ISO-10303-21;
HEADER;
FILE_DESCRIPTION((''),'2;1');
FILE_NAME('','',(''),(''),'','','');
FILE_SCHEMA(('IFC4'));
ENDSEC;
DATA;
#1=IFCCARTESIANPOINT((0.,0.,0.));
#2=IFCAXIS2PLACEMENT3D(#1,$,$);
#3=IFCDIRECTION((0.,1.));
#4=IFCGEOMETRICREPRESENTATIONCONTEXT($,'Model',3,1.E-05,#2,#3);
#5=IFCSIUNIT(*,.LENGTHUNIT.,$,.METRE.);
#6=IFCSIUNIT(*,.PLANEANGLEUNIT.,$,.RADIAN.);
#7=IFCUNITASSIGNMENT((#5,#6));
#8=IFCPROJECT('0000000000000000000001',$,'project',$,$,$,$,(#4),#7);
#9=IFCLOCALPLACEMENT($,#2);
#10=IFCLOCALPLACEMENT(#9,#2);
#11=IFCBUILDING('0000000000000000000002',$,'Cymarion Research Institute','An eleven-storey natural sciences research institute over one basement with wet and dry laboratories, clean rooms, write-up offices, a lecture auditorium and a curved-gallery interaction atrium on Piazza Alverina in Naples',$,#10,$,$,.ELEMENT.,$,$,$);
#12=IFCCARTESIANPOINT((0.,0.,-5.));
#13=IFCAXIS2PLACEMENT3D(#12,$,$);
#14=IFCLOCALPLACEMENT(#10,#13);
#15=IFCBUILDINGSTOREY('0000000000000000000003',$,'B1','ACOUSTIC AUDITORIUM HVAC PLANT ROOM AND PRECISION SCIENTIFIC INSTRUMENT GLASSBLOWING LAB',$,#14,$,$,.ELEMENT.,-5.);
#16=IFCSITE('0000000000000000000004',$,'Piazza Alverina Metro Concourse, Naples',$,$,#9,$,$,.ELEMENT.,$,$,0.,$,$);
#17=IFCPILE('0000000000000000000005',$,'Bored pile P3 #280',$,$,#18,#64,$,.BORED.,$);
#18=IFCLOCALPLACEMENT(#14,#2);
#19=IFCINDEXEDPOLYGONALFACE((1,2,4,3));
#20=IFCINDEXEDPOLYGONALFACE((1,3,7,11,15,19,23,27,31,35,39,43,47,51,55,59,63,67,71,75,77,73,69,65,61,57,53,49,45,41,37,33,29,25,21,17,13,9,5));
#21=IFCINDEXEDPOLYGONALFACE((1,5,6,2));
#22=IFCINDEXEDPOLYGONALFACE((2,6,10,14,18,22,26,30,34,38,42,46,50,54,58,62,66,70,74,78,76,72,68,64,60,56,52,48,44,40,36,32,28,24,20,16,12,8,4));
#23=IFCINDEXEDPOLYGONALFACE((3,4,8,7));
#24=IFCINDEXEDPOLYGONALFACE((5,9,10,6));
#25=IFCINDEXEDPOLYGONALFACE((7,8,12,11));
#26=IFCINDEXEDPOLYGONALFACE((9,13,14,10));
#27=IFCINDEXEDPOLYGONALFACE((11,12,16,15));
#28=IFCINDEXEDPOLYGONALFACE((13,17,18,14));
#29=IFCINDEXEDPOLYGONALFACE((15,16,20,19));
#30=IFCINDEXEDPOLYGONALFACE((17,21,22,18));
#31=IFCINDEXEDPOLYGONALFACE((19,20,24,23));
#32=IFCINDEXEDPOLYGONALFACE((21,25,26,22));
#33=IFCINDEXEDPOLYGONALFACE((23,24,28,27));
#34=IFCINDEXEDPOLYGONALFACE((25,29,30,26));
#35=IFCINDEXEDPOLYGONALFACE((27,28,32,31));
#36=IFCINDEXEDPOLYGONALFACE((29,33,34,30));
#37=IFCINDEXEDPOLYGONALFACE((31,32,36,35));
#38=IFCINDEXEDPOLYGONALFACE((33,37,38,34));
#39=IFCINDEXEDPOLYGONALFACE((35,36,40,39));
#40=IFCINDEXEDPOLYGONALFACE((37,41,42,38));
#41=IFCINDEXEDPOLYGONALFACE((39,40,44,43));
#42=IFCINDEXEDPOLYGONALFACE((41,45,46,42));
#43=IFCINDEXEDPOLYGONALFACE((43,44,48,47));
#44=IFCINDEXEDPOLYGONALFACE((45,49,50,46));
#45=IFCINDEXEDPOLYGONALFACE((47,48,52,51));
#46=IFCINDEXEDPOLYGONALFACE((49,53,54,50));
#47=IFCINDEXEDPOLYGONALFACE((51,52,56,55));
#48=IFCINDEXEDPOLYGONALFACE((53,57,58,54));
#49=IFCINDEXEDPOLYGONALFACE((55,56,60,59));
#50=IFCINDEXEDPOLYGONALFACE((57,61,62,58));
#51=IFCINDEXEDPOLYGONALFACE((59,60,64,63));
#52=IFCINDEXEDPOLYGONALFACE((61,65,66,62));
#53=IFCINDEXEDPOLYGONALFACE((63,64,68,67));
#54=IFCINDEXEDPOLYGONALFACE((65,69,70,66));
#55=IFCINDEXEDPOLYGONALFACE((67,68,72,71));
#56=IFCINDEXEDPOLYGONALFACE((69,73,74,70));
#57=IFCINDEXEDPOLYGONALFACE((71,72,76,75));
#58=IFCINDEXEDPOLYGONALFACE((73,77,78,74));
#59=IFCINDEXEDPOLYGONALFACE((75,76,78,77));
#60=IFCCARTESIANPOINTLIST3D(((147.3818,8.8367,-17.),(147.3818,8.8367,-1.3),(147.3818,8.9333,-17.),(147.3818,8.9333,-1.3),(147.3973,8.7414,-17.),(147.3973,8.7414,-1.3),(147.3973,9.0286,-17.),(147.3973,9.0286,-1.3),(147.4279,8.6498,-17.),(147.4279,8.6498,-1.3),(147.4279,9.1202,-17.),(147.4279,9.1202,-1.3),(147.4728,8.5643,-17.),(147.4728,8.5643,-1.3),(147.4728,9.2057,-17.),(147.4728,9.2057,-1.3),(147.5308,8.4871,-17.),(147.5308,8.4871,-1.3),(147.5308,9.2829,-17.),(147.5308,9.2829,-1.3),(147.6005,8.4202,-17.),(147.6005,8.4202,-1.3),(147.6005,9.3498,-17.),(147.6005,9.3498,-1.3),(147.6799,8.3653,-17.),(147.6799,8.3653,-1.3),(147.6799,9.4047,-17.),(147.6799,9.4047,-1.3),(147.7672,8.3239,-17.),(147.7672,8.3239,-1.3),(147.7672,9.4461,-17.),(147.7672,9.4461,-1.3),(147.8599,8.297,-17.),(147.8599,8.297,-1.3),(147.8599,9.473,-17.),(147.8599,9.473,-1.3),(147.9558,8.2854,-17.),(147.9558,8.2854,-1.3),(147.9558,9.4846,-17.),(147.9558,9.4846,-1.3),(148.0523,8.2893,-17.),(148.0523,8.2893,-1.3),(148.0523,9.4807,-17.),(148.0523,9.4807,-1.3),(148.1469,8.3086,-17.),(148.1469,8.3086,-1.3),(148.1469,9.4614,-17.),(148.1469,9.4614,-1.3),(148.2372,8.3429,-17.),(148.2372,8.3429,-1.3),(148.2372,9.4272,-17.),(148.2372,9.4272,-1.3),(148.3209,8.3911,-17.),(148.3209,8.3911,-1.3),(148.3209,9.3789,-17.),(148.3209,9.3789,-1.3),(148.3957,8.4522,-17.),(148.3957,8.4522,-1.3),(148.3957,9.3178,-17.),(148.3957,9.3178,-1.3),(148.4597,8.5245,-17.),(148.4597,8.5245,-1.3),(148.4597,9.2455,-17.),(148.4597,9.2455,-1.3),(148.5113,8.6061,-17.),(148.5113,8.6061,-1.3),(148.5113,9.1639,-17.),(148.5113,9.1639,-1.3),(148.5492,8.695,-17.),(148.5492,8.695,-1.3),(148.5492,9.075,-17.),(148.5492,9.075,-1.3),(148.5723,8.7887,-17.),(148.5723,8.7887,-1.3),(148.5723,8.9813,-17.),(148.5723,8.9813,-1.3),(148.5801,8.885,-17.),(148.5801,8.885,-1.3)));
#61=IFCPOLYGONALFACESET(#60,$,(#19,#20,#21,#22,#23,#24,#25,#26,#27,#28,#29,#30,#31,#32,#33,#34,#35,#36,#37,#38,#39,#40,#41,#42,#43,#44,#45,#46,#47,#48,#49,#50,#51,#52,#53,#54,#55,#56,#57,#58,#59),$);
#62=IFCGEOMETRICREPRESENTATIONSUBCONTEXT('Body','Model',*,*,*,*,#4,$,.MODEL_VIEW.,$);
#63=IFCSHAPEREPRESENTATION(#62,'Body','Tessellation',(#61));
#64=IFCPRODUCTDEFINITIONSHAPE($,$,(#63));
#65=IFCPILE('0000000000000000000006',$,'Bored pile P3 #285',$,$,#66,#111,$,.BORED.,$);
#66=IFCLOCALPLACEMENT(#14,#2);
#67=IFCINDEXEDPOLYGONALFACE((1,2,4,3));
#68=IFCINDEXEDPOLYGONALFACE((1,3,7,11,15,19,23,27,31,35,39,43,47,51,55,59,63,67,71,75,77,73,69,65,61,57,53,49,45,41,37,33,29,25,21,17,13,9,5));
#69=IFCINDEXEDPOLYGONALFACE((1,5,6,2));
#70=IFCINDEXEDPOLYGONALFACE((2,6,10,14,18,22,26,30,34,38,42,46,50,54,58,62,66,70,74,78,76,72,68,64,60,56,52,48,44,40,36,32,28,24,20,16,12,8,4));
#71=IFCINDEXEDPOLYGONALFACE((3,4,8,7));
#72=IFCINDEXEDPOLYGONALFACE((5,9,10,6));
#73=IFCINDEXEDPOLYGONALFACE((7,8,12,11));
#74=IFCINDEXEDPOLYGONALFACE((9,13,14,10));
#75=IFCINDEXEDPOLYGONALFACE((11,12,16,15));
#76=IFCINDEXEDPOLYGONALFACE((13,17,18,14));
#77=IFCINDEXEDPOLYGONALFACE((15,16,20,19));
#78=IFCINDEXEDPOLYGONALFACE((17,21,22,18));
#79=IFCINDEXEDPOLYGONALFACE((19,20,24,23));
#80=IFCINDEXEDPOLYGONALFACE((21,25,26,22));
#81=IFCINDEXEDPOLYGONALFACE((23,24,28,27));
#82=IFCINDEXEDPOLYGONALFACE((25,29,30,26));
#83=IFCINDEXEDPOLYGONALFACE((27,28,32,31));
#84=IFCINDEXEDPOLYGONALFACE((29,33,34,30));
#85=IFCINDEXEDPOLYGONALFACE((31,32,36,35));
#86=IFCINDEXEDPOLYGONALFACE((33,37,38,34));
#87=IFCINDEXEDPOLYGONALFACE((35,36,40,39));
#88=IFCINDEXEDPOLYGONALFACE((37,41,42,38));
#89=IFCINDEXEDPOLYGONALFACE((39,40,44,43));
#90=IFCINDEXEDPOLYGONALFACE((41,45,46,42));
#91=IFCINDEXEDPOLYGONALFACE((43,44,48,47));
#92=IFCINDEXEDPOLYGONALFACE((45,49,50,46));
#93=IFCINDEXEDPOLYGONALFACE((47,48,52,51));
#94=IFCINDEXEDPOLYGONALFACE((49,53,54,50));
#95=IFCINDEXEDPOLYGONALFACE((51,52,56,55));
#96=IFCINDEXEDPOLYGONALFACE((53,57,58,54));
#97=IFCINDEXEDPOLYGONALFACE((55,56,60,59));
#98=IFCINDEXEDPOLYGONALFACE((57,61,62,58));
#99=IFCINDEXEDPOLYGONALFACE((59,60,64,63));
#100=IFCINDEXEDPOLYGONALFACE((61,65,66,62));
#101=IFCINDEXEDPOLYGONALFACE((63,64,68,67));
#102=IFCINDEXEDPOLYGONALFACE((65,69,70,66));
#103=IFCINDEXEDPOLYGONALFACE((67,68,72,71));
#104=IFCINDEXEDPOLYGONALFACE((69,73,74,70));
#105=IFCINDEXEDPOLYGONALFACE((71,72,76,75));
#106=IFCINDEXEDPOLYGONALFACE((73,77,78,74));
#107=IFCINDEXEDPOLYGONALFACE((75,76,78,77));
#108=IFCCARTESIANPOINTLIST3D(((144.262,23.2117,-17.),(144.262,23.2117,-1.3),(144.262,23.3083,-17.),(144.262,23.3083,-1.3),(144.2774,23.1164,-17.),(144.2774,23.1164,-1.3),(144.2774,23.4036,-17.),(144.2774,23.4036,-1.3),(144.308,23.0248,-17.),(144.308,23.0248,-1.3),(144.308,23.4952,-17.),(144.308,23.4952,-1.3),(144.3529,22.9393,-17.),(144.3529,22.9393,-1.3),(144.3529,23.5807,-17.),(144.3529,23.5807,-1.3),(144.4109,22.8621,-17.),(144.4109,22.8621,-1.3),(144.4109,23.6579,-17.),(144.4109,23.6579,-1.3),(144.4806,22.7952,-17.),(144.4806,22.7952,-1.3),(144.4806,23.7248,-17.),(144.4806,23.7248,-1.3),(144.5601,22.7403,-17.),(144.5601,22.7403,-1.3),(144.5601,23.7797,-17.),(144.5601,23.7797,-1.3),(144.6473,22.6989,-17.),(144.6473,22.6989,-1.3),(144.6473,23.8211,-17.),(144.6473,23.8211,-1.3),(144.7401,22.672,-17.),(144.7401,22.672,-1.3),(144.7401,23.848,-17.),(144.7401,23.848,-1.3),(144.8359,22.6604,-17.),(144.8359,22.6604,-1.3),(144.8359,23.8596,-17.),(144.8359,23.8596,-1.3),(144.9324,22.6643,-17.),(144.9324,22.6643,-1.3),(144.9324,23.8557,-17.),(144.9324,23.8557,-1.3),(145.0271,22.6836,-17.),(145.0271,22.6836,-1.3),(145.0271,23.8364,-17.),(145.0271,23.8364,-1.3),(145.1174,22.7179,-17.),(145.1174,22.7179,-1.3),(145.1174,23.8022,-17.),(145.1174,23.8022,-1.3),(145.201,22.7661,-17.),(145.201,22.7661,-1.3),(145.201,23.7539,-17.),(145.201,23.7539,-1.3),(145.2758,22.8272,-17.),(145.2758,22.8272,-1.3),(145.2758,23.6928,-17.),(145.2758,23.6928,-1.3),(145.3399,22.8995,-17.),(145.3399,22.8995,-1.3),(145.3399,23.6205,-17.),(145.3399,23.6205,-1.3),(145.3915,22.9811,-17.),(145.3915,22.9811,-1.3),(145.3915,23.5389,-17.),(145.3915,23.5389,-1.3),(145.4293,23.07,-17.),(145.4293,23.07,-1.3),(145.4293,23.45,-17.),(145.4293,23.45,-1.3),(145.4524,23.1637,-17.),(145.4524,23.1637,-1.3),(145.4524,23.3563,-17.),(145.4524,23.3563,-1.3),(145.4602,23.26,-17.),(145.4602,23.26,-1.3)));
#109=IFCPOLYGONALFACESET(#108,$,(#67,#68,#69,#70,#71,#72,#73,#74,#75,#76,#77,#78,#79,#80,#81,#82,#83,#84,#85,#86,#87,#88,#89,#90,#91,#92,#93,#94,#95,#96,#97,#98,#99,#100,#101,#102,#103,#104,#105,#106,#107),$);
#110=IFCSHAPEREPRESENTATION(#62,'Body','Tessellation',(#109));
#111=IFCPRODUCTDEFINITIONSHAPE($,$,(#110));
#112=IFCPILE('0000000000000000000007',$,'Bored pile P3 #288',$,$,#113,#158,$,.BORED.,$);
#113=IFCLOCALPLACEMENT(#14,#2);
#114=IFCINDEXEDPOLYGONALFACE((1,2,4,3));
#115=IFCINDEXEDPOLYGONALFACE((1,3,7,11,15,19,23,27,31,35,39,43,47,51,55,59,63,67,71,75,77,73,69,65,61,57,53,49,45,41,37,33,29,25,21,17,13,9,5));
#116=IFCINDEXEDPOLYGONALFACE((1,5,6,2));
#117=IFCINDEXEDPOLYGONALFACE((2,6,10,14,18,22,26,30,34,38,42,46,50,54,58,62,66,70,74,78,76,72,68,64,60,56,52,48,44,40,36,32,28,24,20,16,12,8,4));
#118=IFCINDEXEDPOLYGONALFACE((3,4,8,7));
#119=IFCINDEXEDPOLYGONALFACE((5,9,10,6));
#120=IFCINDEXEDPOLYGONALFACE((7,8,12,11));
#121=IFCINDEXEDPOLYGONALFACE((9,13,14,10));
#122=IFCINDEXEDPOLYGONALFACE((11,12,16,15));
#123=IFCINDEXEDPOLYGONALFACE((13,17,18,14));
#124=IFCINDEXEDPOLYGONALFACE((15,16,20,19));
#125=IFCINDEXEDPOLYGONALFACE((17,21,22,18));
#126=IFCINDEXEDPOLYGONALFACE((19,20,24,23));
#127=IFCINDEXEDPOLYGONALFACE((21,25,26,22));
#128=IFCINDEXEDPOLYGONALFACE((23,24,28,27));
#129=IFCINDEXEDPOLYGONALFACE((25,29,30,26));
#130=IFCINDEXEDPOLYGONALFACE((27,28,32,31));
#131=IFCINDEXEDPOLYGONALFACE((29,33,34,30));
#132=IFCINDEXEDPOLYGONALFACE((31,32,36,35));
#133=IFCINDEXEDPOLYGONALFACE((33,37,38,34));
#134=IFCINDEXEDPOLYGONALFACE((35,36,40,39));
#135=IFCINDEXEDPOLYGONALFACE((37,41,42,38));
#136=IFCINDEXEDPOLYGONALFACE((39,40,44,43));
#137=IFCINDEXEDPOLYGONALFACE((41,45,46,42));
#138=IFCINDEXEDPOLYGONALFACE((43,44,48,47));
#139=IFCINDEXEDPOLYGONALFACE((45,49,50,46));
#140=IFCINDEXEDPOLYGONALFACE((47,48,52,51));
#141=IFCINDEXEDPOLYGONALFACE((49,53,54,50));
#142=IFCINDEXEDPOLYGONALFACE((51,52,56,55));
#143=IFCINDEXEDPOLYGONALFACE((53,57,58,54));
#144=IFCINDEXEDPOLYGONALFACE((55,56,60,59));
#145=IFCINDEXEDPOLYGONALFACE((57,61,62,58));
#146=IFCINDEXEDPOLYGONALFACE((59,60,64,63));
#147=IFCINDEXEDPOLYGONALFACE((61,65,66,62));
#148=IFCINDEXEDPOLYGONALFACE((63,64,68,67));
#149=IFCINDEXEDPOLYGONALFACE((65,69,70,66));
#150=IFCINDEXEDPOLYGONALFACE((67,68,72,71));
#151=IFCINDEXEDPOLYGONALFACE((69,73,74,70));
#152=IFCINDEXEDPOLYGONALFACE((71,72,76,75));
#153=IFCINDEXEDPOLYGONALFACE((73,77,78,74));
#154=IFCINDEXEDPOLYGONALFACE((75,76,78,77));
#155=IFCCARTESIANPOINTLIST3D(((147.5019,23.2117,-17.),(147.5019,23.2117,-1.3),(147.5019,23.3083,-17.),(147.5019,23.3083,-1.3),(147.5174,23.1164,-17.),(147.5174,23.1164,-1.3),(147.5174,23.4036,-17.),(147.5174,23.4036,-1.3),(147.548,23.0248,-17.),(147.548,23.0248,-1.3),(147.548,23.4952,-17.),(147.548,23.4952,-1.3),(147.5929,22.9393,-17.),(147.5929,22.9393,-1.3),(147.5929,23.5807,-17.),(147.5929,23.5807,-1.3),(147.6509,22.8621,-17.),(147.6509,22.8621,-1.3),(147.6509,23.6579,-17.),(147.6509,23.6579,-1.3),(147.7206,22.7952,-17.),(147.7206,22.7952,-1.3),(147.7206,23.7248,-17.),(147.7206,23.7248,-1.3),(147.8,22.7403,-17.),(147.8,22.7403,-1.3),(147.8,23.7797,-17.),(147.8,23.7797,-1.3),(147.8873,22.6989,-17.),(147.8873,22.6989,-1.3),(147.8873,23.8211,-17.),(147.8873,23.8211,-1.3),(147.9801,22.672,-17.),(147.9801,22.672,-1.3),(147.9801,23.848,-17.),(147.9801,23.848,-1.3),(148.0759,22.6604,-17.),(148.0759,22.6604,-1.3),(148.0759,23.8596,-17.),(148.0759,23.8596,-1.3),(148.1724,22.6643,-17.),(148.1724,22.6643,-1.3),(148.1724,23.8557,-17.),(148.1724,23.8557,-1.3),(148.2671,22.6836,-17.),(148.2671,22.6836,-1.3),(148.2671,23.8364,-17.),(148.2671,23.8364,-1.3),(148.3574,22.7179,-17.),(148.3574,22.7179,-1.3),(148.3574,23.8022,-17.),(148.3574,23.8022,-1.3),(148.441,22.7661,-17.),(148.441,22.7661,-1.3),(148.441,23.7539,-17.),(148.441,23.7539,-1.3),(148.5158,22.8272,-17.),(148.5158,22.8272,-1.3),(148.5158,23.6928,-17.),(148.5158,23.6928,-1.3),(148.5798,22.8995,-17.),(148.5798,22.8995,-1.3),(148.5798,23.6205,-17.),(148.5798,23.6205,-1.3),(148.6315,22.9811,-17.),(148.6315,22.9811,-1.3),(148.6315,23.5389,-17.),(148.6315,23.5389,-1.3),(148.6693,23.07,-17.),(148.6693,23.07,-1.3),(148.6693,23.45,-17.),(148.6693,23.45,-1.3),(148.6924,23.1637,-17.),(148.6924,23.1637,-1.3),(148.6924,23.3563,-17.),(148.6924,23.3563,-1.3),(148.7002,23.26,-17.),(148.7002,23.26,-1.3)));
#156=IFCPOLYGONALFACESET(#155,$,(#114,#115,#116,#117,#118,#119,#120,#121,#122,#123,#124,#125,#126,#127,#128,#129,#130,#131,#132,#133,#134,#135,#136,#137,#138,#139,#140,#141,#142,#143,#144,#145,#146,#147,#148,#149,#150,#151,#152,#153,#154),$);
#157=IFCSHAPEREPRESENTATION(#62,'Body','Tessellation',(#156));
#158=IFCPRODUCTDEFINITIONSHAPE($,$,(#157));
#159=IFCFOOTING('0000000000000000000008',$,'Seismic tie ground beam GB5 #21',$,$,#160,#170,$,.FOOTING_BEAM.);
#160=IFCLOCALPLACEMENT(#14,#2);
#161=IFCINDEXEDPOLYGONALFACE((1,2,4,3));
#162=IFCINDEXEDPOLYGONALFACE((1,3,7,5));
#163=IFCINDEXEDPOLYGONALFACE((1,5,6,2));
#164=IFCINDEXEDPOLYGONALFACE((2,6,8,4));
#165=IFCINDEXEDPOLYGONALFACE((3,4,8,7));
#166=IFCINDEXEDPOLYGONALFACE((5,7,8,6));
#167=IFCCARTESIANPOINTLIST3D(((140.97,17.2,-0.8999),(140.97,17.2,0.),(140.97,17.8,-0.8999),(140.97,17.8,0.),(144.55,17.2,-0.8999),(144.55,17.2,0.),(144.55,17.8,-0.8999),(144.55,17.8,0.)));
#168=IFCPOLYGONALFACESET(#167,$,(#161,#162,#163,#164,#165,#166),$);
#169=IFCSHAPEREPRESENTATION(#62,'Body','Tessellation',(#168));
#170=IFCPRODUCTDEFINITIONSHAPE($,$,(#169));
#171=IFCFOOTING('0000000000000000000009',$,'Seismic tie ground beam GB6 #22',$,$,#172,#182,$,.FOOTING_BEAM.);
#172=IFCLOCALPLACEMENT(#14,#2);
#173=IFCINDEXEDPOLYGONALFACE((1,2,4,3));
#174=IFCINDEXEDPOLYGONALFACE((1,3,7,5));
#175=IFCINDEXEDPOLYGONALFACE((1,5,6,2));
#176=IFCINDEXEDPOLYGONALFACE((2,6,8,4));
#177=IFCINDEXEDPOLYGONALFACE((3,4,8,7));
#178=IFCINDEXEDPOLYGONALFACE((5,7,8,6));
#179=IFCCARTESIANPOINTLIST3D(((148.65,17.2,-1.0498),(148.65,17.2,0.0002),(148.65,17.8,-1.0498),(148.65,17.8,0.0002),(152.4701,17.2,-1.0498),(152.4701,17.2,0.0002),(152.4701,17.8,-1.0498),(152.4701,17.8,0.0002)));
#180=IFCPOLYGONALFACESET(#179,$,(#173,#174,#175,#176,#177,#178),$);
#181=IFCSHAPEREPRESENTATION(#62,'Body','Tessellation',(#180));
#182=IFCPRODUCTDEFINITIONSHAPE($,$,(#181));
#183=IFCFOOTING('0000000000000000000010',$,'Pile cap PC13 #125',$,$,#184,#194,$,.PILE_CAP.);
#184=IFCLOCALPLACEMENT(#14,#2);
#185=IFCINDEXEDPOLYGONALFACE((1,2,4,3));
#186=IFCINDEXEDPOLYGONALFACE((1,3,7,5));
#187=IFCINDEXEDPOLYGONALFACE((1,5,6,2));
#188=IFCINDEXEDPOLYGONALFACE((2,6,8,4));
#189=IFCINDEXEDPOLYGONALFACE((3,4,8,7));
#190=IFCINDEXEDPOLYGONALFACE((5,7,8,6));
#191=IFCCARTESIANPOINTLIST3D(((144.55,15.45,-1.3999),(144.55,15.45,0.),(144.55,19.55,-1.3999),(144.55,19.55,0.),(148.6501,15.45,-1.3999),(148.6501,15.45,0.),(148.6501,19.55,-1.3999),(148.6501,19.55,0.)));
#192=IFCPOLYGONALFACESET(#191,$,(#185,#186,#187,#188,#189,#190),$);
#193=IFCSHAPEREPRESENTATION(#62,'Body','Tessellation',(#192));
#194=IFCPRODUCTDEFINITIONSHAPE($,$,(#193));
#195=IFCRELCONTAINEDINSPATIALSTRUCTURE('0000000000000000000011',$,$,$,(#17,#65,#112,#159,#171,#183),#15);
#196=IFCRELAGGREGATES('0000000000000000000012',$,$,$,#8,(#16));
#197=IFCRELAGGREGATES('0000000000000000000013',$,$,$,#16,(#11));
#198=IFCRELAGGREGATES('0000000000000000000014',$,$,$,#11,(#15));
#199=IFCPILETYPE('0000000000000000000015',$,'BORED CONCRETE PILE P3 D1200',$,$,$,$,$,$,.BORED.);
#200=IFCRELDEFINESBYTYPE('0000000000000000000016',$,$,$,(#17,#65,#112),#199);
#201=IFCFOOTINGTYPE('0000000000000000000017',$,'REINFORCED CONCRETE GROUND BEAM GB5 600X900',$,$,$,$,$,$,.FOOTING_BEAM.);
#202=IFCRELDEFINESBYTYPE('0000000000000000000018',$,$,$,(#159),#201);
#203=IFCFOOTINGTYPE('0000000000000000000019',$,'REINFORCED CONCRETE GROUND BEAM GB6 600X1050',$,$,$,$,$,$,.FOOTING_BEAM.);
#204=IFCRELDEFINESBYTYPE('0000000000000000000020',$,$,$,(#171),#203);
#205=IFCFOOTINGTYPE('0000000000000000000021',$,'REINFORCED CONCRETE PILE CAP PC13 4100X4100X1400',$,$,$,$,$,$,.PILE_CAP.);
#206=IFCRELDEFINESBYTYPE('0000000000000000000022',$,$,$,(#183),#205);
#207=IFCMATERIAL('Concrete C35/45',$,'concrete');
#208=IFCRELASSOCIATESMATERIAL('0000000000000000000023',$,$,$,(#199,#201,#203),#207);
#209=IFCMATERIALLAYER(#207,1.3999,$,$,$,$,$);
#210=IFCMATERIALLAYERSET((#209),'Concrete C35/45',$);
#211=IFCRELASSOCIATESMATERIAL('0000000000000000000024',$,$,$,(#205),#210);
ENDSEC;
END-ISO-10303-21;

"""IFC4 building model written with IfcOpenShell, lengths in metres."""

from ifc_helpers import new_model, si_unit, direction, frame, origin, origin_2d, place, context, subcontext, project, spatial, rectangle, circle, extrude, material, layer, layer_set, material_profile, profile_set, type_object, element, save


model = new_model("IFC4")

# Units and contexts
model_context = context("Model", 3, precision=1e-05, world=origin(), true_north=direction((0.0, 1.0)))
body_context = subcontext(model_context, "Body", "Model", "MODEL_VIEW")
ifc_project = project(units=[si_unit("LENGTHUNIT", "METRE"), si_unit("PLANEANGLEUNIT", "RADIAN")], contexts=[model_context])

# Site, building, storey
site_placement = place(None, origin())
site = spatial("IfcSite", under=ifc_project, at=site_placement, Name="Piazza Alverina Metro Concourse, Naples", CompositionType="ELEMENT", RefElevation=0.0)
building_placement = place(site_placement, origin())
building = spatial("IfcBuilding", under=site, at=building_placement, Name="Cymarion Research Institute", Description="An eleven-storey natural sciences research institute over one basement with wet and dry laboratories, clean rooms, write-up offices, a lecture auditorium and a curved-gallery interaction atrium on Piazza Alverina in Naples", CompositionType="ELEMENT")
storey_placement = place(building_placement, frame((0.0, 0.0, -5.0)))
storey = spatial("IfcBuildingStorey", under=building, at=storey_placement, Name="B1", Description="ACOUSTIC AUDITORIUM HVAC PLANT ROOM AND PRECISION SCIENTIFIC INSTRUMENT GLASSBLOWING LAB", CompositionType="ELEMENT", Elevation=-5.0)

# Piles
ifc_material_1 = material(Name="Concrete C35/45", Category="concrete")
ifc_material_profile_1 = material_profile(ifc_material_1, circle(Radius=0.6001, at=origin_2d()), Name="BORED PILE D1200")
ifc_profile_set_1 = profile_set([ifc_material_profile_1], Name="Concrete C35/45")
pile_type_1 = type_object("IfcPileType", Name="BORED CONCRETE PILE P3 D1200", PredefinedType="BORED", material=ifc_profile_set_1)
for number, where, z_axis, x_axis, name in (
    (1, (147.98, 8.885, -1.3), (0.0, 0.0, -1.0), (1.0, 0.0, 0.0), "Bored pile P3 #280"),
    (2, (144.8601, 23.26, -1.3), (0.0, 0.0, -1.0), (1.0, 0.0, 0.0), "Bored pile P3 #285"),
    (3, (148.1001, 23.26, -1.3), (0.0, 0.0, -1.0), (1.0, 0.0, 0.0), "Bored pile P3 #288"),
):
    element("IfcPile", number, at=place(storey_placement, frame(where, z_axis=z_axis, x_axis=x_axis)), inside=storey, type_object=pile_type_1, Name=name, PredefinedType="BORED", context=body_context, shape_type="SweptSolid", body=[
        extrude(circle(Radius=0.6001, at=origin_2d()), origin(), (0.0, 0.0, 1.0), 15.7),
    ])

# Footings
footing_type_1 = type_object("IfcFootingType", Name="REINFORCED CONCRETE GROUND BEAM GB5 600X900", PredefinedType="FOOTING_BEAM", material=ifc_material_1)
footing_1_placement = place(storey_placement, frame((142.76, 17.5, -0.8999), z_axis=(0.0, 0.0, 1.0), x_axis=(1.0, 0.0, 0.0)))
element("IfcFooting", 4, at=footing_1_placement, inside=storey, type_object=footing_type_1, Name="Seismic tie ground beam GB5 #21", PredefinedType="FOOTING_BEAM", context=body_context, shape_type="SweptSolid", body=[
    extrude(rectangle(XDim=3.5801, YDim=0.6001, at=origin_2d()), origin(), (0.0, 0.0, 1.0), 0.8999),
])
footing_type_2 = type_object("IfcFootingType", Name="REINFORCED CONCRETE GROUND BEAM GB6 600X1050", PredefinedType="FOOTING_BEAM", material=ifc_material_1)
footing_2_placement = place(storey_placement, frame((150.5601, 17.5, -1.0498), z_axis=(0.0, 0.0, 1.0), x_axis=(1.0, 0.0, 0.0)))
element("IfcFooting", 5, at=footing_2_placement, inside=storey, type_object=footing_type_2, Name="Seismic tie ground beam GB6 #22", PredefinedType="FOOTING_BEAM", context=body_context, shape_type="SweptSolid", body=[
    extrude(rectangle(XDim=3.8201, YDim=0.6001, at=origin_2d()), origin(), (0.0, 0.0, 1.0), 1.05),
])
ifc_layer_1 = layer(ifc_material_1, 1.3999)
ifc_layer_set_1 = layer_set([ifc_layer_1], Name="Concrete C35/45")
footing_type_3 = type_object("IfcFootingType", Name="REINFORCED CONCRETE PILE CAP PC13 4100X4100X1400", PredefinedType="PILE_CAP", material=ifc_layer_set_1)
footing_3_placement = place(storey_placement, frame((146.6001, 17.5, -1.3999), z_axis=(0.0, 0.0, 1.0), x_axis=(1.0, 0.0, 0.0)))
element("IfcFooting", 6, at=footing_3_placement, inside=storey, type_object=footing_type_3, Name="Pile cap PC13 #125", PredefinedType="PILE_CAP", context=body_context, shape_type="SweptSolid", body=[
    extrude(rectangle(XDim=4.1001, YDim=4.1001, at=origin_2d()), origin(), (0.0, 0.0, 1.0), 1.3999),
])

save(model, "model.ifc")
